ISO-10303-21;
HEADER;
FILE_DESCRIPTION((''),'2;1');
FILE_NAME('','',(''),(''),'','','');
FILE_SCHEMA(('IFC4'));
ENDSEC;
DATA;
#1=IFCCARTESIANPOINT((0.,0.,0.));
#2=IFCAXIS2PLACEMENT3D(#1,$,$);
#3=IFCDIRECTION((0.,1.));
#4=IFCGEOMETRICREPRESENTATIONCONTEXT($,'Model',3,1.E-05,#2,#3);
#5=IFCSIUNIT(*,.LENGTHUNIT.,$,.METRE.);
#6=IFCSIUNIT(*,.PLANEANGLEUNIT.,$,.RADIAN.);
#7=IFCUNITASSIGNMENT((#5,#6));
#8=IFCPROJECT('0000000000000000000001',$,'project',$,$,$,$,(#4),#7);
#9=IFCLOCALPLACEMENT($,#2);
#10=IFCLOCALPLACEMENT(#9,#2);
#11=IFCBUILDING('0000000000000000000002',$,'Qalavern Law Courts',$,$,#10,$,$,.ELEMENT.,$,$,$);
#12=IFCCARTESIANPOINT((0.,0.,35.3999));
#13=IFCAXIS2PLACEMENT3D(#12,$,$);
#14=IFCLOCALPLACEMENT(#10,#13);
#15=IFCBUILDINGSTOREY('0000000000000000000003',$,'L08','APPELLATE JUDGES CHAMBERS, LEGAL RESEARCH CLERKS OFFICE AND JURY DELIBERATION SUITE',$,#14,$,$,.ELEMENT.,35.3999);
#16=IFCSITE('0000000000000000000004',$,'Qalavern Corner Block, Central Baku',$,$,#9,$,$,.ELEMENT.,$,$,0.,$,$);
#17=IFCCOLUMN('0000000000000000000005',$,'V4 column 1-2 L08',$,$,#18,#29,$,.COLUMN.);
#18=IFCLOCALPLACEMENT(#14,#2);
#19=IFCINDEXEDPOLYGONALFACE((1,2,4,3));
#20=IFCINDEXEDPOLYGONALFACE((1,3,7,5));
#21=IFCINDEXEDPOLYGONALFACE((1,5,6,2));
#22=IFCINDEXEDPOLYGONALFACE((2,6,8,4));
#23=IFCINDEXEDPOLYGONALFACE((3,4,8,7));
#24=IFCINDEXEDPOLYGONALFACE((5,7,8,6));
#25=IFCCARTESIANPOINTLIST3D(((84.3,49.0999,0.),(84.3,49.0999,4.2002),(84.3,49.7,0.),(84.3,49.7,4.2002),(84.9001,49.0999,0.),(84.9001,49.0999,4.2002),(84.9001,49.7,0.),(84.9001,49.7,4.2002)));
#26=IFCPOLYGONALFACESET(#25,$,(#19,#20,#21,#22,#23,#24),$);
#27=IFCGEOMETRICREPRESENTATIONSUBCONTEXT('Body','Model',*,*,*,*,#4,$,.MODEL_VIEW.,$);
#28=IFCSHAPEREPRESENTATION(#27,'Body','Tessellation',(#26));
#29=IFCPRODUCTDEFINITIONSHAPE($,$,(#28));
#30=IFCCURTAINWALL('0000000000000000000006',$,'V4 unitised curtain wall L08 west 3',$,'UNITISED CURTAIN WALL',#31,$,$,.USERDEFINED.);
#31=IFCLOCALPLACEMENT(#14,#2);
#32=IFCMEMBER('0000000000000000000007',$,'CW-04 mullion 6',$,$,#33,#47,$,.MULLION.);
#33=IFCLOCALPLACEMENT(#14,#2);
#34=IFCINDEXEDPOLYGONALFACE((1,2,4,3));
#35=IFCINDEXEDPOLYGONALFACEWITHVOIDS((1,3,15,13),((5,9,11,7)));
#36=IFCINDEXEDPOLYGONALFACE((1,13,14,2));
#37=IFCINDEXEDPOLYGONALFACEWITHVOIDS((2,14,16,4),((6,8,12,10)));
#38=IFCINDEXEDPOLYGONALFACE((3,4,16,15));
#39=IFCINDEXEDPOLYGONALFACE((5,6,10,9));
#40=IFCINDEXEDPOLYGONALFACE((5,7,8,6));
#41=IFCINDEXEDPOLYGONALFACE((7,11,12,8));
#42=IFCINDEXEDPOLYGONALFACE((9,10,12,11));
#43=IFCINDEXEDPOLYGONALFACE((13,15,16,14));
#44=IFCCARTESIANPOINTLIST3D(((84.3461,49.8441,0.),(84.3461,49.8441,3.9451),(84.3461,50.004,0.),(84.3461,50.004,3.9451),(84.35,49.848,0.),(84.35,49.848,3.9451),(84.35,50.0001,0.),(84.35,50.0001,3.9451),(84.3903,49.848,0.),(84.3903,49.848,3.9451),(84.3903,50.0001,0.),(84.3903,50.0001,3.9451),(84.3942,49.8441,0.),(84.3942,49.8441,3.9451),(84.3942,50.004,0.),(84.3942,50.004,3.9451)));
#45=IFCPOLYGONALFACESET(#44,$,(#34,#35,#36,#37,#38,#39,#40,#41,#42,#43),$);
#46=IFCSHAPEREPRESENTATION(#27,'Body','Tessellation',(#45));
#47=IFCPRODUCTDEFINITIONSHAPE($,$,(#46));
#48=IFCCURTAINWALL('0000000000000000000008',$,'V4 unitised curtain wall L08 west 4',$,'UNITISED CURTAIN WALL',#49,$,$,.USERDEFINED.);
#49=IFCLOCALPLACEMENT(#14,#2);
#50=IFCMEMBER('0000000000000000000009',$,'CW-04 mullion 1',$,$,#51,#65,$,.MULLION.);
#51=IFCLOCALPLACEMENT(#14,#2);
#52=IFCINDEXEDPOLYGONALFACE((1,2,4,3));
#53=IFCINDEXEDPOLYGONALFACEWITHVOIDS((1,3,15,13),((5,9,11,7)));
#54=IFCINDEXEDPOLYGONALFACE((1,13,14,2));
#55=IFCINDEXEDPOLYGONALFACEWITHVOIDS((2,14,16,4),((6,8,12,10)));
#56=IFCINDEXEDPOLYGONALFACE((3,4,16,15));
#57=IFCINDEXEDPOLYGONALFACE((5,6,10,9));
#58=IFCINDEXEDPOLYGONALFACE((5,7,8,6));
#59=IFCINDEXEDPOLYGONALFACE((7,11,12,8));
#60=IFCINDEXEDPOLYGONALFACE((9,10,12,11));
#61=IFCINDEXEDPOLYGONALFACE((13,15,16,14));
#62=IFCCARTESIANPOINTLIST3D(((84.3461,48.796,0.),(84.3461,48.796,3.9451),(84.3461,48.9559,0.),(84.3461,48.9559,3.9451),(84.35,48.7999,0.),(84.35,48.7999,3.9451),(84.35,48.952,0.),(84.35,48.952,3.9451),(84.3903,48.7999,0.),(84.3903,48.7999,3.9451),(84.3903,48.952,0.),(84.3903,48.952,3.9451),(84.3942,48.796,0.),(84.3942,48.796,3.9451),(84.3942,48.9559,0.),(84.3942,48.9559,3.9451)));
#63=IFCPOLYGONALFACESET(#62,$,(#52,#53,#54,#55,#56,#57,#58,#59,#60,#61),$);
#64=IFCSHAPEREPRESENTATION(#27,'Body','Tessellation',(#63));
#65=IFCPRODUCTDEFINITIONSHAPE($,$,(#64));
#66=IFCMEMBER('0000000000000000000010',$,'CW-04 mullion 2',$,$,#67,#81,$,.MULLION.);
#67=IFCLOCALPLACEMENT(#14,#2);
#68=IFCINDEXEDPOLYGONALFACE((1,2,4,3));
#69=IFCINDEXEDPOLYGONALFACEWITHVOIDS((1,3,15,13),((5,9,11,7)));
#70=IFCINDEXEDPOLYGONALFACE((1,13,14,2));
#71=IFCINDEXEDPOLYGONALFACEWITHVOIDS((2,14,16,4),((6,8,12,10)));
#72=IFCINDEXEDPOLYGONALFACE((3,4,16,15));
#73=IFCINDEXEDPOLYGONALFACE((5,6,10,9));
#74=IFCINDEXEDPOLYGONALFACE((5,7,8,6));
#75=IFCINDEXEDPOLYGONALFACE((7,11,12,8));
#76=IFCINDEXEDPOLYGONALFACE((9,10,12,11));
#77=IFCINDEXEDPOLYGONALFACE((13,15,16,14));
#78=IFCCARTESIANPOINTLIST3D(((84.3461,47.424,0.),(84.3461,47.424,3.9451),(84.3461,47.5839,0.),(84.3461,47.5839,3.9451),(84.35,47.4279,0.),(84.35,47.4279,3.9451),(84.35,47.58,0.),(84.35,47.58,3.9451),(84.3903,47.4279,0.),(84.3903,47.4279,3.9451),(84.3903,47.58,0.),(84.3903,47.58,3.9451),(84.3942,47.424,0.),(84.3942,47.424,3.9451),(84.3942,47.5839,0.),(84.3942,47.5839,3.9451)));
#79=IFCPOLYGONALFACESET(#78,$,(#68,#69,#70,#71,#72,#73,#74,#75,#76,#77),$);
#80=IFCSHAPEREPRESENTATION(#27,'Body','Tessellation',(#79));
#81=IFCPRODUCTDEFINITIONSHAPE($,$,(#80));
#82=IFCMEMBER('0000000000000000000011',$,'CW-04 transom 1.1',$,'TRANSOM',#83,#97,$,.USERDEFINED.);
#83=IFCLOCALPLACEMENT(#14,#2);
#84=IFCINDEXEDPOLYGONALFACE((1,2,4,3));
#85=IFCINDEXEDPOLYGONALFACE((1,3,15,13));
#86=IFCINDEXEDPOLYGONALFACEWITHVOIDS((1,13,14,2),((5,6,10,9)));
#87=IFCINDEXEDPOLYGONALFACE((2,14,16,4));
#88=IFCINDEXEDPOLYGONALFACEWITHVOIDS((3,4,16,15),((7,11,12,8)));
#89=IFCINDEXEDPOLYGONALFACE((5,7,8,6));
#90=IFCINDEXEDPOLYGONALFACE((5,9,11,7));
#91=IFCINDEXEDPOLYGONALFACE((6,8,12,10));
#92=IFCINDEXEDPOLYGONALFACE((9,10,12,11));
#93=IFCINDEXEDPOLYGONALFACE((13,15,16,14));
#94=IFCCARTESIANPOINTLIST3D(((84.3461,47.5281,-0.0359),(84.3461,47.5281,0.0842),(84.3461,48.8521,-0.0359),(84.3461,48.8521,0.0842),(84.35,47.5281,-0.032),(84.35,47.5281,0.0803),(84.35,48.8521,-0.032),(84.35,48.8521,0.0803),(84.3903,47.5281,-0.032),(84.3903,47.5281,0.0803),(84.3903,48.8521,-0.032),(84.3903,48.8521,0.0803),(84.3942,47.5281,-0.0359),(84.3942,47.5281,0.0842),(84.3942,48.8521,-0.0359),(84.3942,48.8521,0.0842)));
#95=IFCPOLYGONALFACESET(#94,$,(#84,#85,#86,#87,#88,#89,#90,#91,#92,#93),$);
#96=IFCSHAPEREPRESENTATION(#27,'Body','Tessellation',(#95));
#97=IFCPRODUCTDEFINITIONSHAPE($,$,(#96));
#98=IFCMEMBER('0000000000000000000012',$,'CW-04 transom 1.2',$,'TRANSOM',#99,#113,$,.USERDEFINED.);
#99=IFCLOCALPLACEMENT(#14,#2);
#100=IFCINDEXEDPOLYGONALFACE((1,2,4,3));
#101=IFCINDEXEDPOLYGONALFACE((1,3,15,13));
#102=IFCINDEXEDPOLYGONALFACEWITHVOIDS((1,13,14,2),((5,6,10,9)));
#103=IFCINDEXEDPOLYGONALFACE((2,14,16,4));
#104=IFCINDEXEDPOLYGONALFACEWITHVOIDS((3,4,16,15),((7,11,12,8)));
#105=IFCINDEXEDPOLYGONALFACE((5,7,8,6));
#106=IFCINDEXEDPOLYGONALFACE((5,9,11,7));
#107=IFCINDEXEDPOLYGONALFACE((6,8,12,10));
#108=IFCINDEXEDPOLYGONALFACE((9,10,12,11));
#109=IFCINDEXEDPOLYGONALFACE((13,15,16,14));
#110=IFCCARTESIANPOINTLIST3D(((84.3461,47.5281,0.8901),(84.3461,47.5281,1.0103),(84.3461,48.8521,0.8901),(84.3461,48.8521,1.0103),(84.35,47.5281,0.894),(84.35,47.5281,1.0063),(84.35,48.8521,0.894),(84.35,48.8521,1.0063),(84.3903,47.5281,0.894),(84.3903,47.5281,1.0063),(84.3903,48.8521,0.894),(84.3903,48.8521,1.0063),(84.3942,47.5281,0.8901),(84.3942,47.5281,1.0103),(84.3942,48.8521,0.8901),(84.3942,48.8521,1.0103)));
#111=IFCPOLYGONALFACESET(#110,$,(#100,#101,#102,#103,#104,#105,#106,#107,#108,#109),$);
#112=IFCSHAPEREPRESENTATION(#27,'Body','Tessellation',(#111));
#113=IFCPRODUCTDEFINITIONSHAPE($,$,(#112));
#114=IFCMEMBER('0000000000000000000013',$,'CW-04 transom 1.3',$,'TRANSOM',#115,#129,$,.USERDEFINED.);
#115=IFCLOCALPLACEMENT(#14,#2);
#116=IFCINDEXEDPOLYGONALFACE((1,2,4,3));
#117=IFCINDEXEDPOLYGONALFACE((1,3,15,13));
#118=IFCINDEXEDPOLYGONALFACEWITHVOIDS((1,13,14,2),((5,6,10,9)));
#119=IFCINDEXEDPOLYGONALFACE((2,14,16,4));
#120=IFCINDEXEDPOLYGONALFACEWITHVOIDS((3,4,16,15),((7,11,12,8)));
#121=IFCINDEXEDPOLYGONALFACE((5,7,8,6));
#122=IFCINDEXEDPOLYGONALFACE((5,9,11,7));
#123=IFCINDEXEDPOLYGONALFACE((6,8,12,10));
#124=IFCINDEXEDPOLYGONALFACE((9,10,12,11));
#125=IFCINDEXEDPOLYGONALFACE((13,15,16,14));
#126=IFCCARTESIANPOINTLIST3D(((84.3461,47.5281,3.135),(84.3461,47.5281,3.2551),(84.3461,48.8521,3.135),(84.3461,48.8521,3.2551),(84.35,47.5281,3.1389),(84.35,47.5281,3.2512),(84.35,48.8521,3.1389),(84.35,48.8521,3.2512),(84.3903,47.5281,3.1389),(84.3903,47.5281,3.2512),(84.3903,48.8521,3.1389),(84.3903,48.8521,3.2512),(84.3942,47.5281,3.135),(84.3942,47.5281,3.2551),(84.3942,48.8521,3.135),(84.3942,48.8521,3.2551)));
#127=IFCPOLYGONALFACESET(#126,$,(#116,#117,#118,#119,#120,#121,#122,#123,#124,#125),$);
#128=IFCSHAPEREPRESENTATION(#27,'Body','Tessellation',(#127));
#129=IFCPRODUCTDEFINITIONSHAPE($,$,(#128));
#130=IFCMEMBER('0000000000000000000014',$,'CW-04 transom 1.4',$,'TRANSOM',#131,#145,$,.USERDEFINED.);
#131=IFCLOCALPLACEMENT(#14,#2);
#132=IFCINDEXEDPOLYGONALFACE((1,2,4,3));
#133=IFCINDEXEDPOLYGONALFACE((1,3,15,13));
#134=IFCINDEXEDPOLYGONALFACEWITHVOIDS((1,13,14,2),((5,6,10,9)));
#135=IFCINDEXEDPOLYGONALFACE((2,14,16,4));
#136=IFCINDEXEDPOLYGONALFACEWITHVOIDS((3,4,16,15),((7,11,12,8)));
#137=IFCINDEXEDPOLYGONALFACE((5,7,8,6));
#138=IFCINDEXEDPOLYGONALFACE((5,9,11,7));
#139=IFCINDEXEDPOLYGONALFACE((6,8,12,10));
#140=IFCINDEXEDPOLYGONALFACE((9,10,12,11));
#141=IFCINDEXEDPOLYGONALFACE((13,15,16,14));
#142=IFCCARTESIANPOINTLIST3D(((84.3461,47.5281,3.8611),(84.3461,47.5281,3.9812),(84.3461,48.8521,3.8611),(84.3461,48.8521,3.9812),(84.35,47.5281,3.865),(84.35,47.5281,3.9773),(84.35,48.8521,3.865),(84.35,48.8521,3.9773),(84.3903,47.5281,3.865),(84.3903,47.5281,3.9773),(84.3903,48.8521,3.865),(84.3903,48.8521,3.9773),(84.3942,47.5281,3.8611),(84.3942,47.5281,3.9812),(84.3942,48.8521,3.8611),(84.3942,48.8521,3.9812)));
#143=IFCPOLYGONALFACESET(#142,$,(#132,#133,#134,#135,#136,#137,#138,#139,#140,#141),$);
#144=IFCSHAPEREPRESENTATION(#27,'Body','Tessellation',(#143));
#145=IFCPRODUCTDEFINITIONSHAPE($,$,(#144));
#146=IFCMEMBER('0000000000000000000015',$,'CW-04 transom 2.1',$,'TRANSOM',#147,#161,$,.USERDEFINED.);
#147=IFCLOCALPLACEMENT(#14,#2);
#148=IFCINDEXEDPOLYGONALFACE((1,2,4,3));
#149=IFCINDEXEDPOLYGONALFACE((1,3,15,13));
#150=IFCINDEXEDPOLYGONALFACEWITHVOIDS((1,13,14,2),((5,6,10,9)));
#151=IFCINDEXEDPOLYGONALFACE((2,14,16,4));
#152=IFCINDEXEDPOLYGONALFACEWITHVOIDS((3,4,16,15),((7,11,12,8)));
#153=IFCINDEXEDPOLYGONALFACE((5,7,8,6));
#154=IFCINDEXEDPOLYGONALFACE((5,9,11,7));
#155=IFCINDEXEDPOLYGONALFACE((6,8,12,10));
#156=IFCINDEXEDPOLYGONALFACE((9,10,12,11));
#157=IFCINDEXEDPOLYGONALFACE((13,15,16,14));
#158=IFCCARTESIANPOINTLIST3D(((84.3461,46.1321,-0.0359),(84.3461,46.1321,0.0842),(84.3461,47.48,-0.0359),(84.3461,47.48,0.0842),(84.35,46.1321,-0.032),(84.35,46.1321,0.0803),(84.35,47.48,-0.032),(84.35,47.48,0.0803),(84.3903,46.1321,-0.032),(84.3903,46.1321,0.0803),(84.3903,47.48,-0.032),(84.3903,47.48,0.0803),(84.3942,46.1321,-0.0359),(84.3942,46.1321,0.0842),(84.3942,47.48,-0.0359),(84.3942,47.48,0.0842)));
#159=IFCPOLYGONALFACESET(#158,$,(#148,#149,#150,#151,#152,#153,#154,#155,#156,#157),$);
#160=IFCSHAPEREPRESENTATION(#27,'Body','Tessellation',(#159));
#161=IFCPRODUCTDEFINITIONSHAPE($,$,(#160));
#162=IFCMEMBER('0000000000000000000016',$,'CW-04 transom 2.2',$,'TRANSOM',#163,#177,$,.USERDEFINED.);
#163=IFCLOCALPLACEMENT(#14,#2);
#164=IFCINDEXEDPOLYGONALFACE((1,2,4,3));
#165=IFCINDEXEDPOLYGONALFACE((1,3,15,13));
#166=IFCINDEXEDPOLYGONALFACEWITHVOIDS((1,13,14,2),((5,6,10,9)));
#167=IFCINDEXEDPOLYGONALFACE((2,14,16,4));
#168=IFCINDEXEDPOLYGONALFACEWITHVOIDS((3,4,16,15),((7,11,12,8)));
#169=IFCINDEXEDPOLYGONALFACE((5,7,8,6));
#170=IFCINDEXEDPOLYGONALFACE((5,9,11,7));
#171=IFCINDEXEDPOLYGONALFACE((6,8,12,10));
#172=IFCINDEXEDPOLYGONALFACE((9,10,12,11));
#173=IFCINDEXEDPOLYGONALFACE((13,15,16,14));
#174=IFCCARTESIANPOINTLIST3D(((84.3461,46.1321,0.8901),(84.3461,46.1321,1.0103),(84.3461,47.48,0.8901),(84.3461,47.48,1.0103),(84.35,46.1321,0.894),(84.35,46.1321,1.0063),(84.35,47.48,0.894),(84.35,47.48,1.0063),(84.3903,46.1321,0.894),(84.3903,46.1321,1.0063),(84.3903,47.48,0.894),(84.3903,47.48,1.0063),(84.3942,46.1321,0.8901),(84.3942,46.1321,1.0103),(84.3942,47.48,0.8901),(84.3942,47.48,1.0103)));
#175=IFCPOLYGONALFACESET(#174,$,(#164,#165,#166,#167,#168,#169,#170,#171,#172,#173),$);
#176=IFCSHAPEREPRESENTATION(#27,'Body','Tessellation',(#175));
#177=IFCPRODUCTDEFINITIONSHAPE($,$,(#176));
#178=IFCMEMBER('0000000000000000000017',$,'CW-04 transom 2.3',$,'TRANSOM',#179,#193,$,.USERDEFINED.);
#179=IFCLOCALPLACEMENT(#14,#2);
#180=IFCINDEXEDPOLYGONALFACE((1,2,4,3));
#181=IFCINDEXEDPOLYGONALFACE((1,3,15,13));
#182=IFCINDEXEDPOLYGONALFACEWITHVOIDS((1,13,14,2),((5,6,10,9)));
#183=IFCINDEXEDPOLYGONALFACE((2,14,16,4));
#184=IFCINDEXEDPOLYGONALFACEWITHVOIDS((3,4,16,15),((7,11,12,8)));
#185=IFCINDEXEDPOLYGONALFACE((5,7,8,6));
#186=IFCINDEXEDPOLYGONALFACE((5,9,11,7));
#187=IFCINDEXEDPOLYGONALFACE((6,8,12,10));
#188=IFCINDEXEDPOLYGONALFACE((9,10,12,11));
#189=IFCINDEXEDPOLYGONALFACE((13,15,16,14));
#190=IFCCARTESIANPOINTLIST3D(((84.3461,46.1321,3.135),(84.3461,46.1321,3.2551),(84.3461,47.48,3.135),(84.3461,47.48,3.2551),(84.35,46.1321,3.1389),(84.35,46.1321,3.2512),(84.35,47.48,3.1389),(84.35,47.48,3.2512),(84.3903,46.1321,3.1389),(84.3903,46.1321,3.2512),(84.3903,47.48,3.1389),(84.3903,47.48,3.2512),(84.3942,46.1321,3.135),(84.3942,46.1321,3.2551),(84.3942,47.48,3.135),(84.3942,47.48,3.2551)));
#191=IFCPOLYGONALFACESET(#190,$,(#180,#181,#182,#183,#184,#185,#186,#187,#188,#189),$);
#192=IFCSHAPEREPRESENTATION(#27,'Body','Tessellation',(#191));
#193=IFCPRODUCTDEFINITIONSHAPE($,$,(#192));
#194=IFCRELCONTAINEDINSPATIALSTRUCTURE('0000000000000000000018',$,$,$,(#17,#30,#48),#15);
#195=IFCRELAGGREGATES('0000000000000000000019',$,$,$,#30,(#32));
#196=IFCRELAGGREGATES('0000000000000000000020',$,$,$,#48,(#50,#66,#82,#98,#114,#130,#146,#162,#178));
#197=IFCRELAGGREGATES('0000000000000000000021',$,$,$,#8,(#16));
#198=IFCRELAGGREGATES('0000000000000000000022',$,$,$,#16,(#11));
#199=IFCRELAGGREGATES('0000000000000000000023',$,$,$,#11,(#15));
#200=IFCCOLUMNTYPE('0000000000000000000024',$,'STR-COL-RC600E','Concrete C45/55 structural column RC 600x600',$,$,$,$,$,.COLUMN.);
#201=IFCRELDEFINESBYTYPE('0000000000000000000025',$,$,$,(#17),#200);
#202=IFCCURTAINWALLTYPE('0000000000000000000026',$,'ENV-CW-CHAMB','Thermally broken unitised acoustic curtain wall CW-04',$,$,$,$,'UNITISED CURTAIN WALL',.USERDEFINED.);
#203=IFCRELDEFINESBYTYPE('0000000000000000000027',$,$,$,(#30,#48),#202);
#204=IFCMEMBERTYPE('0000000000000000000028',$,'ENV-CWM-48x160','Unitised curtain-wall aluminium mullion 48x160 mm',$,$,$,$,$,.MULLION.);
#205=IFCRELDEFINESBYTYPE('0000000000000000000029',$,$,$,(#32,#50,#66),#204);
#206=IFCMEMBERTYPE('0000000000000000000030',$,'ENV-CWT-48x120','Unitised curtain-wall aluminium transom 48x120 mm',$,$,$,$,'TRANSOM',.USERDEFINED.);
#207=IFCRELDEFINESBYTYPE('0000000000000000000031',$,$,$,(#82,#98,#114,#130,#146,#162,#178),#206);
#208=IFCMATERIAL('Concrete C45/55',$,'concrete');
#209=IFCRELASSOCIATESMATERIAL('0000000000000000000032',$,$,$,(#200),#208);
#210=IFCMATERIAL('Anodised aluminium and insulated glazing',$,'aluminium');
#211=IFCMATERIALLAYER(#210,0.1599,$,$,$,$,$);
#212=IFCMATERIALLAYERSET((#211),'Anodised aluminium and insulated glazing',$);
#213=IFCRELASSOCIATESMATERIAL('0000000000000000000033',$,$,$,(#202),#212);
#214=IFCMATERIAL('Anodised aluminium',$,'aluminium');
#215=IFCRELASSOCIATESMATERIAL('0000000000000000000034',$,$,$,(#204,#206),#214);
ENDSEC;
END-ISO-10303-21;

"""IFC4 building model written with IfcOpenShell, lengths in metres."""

from ifc_helpers import new_model, si_unit, direction, frame, origin, origin_2d, place, context, subcontext, project, spatial, rectangle, hollow_rectangle, extrude, material, layer, layer_set, material_profile, profile_set, type_object, element, aggregate, save


model = new_model("IFC4")

# Units and contexts
model_context = context("Model", 3, precision=1e-05, world=origin(), true_north=direction((0.0, 1.0)))
body_context = subcontext(model_context, "Body", "Model", "MODEL_VIEW")
ifc_project = project(units=[si_unit("LENGTHUNIT", "METRE"), si_unit("PLANEANGLEUNIT", "RADIAN")], contexts=[model_context])

# Site, building, storey
site_placement = place(None, origin())
site = spatial("IfcSite", under=ifc_project, at=site_placement, Name="Qalavern Corner Block, Central Baku", CompositionType="ELEMENT", RefElevation=0.0)
building_placement = place(site_placement, origin())
building = spatial("IfcBuilding", under=site, at=building_placement, Name="Qalavern Law Courts", CompositionType="ELEMENT")
storey_placement = place(building_placement, frame((0.0, 0.0, 35.3999)))
storey = spatial("IfcBuildingStorey", under=building, at=storey_placement, Name="L08", Description="APPELLATE JUDGES CHAMBERS, LEGAL RESEARCH CLERKS OFFICE AND JURY DELIBERATION SUITE", CompositionType="ELEMENT", Elevation=35.3999)

# Column
ifc_material_1 = material(Name="Concrete C45/55", Category="concrete")
ifc_material_profile_1 = material_profile(ifc_material_1, rectangle(XDim=0.6001, YDim=0.6001, at=origin_2d()), Name="RC 600x600")
ifc_profile_set_1 = profile_set([ifc_material_profile_1], Name="Concrete C45/55")
column_type = type_object("IfcColumnType", Name="STR-COL-RC600E", Description="Concrete C45/55 structural column RC 600x600", PredefinedType="COLUMN", material=ifc_profile_set_1)
column_placement = place(storey_placement, frame((84.6001, 49.3999, 0.0), z_axis=(0.0, 0.0, 1.0), x_axis=(1.0, 0.0, 0.0)))
element("IfcColumn", 1, at=column_placement, inside=storey, type_object=column_type, Name="V4 column 1-2 L08", PredefinedType="COLUMN", context=body_context, shape_type="SweptSolid", body=[
    extrude(rectangle(XDim=0.6001, YDim=0.6001, at=origin_2d()), origin(), (0.0, 0.0, 1.0), 4.2002),
])

# Curtain wall, member
ifc_material_2 = material(Name="Anodised aluminium and insulated glazing", Category="aluminium")
ifc_layer_1 = layer(ifc_material_2, 0.1599)
ifc_layer_set_1 = layer_set([ifc_layer_1], Name="Anodised aluminium and insulated glazing")
curtain_wall_type = type_object("IfcCurtainWallType", Name="ENV-CW-CHAMB", Description="Thermally broken unitised acoustic curtain wall CW-04", ElementType="UNITISED CURTAIN WALL", PredefinedType="USERDEFINED", material=ifc_layer_set_1)
curtain_wall_1_placement = place(storey_placement, origin())
curtain_wall_1 = element("IfcCurtainWall", 2, at=curtain_wall_1_placement, inside=storey, type_object=curtain_wall_type, Name="V4 unitised curtain wall L08 west 3", ObjectType="UNITISED CURTAIN WALL", PredefinedType="USERDEFINED")
ifc_material_3 = material(Name="Anodised aluminium", Category="aluminium")
ifc_material_profile_2 = material_profile(ifc_material_3, hollow_rectangle(XDim=0.0481, YDim=0.1599, WallThickness=0.0039, at=origin_2d()), Name="ALU MULLION 48x160")
ifc_profile_set_2 = profile_set([ifc_material_profile_2], Name="Anodised aluminium")
member_type_1 = type_object("IfcMemberType", Name="ENV-CWM-48x160", Description="Unitised curtain-wall aluminium mullion 48x160 mm", PredefinedType="MULLION", material=ifc_profile_set_2)
member_1_placement = place(storey_placement, frame((84.3701, 49.9241, 0.0), z_axis=(0.0, 0.0, 1.0), x_axis=(1.0, 0.0, 0.0)))
member_1 = element("IfcMember", 3, at=member_1_placement, type_object=member_type_1, Name="CW-04 mullion 6", PredefinedType="MULLION", context=body_context, shape_type="SweptSolid", body=[
    extrude(hollow_rectangle(XDim=0.0481, YDim=0.1599, WallThickness=0.0039, at=origin_2d()), origin(), (0.0, 0.0, 1.0), 3.9451),
])

# Curtain wall, members
curtain_wall_2_placement = place(storey_placement, origin())
curtain_wall_2 = element("IfcCurtainWall", 4, at=curtain_wall_2_placement, inside=storey, type_object=curtain_wall_type, Name="V4 unitised curtain wall L08 west 4", ObjectType="UNITISED CURTAIN WALL", PredefinedType="USERDEFINED")
member_2_placement = place(storey_placement, frame((84.3701, 48.876, 0.0), z_axis=(0.0, 0.0, 1.0), x_axis=(1.0, 0.0, 0.0)))
member_2 = element("IfcMember", 5, at=member_2_placement, type_object=member_type_1, Name="CW-04 mullion 1", PredefinedType="MULLION", context=body_context, shape_type="SweptSolid", body=[
    extrude(hollow_rectangle(XDim=0.0481, YDim=0.1599, WallThickness=0.0039, at=origin_2d()), origin(), (0.0, 0.0, 1.0), 3.9451),
])
member_3_placement = place(storey_placement, frame((84.3701, 47.5039, 0.0), z_axis=(0.0, 0.0, 1.0), x_axis=(1.0, 0.0, 0.0)))
member_3 = element("IfcMember", 6, at=member_3_placement, type_object=member_type_1, Name="CW-04 mullion 2", PredefinedType="MULLION", context=body_context, shape_type="SweptSolid", body=[
    extrude(hollow_rectangle(XDim=0.0481, YDim=0.1599, WallThickness=0.0039, at=origin_2d()), origin(), (0.0, 0.0, 1.0), 3.9451),
])
ifc_material_profile_3 = material_profile(ifc_material_3, hollow_rectangle(XDim=0.0481, YDim=0.1201, WallThickness=0.0039, at=origin_2d()), Name="ALU TRANSOM 48x120")
ifc_profile_set_3 = profile_set([ifc_material_profile_3], Name="Anodised aluminium")
member_type_2 = type_object("IfcMemberType", Name="ENV-CWT-48x120", Description="Unitised curtain-wall aluminium transom 48x120 mm", ElementType="TRANSOM", PredefinedType="USERDEFINED", material=ifc_profile_set_3)
member_4_placement = place(storey_placement, frame((84.3701, 48.8521, 0.0242), z_axis=(0.0, -1.0, 0.0), x_axis=(1.0, 0.0, 0.0)))
member_4 = element("IfcMember", 7, at=member_4_placement, type_object=member_type_2, Name="CW-04 transom 1.1", ObjectType="TRANSOM", PredefinedType="USERDEFINED", context=body_context, shape_type="SweptSolid", body=[
    extrude(hollow_rectangle(XDim=0.0481, YDim=0.1201, WallThickness=0.0039, at=origin_2d()), origin(), (0.0, 0.0, 1.0), 1.324),
])
member_5_placement = place(storey_placement, frame((84.3701, 48.8521, 0.9502), z_axis=(0.0, -1.0, 0.0), x_axis=(1.0, 0.0, 0.0)))
member_5 = element("IfcMember", 8, at=member_5_placement, type_object=member_type_2, Name="CW-04 transom 1.2", ObjectType="TRANSOM", PredefinedType="USERDEFINED", context=body_context, shape_type="SweptSolid", body=[
    extrude(hollow_rectangle(XDim=0.0481, YDim=0.1201, WallThickness=0.0039, at=origin_2d()), origin(), (0.0, 0.0, 1.0), 1.324),
])
member_6_placement = place(storey_placement, frame((84.3701, 48.8521, 3.1951), z_axis=(0.0, -1.0, 0.0), x_axis=(1.0, 0.0, 0.0)))
member_6 = element("IfcMember", 9, at=member_6_placement, type_object=member_type_2, Name="CW-04 transom 1.3", ObjectType="TRANSOM", PredefinedType="USERDEFINED", context=body_context, shape_type="SweptSolid", body=[
    extrude(hollow_rectangle(XDim=0.0481, YDim=0.1201, WallThickness=0.0039, at=origin_2d()), origin(), (0.0, 0.0, 1.0), 1.324),
])
member_7_placement = place(storey_placement, frame((84.3701, 48.8521, 3.9211), z_axis=(0.0, -1.0, 0.0), x_axis=(1.0, 0.0, 0.0)))
member_7 = element("IfcMember", 10, at=member_7_placement, type_object=member_type_2, Name="CW-04 transom 1.4", ObjectType="TRANSOM", PredefinedType="USERDEFINED", context=body_context, shape_type="SweptSolid", body=[
    extrude(hollow_rectangle(XDim=0.0481, YDim=0.1201, WallThickness=0.0039, at=origin_2d()), origin(), (0.0, 0.0, 1.0), 1.324),
])
member_8_placement = place(storey_placement, frame((84.3701, 47.48, 0.0242), z_axis=(0.0, -1.0, 0.0), x_axis=(1.0, 0.0, 0.0)))
member_8 = element("IfcMember", 11, at=member_8_placement, type_object=member_type_2, Name="CW-04 transom 2.1", ObjectType="TRANSOM", PredefinedType="USERDEFINED", context=body_context, shape_type="SweptSolid", body=[
    extrude(hollow_rectangle(XDim=0.0481, YDim=0.1201, WallThickness=0.0039, at=origin_2d()), origin(), (0.0, 0.0, 1.0), 1.3479),
])
member_9_placement = place(storey_placement, frame((84.3701, 47.48, 0.9502), z_axis=(0.0, -1.0, 0.0), x_axis=(1.0, 0.0, 0.0)))
member_9 = element("IfcMember", 12, at=member_9_placement, type_object=member_type_2, Name="CW-04 transom 2.2", ObjectType="TRANSOM", PredefinedType="USERDEFINED", context=body_context, shape_type="SweptSolid", body=[
    extrude(hollow_rectangle(XDim=0.0481, YDim=0.1201, WallThickness=0.0039, at=origin_2d()), origin(), (0.0, 0.0, 1.0), 1.3479),
])
member_10_placement = place(storey_placement, frame((84.3701, 47.48, 3.1951), z_axis=(0.0, -1.0, 0.0), x_axis=(1.0, 0.0, 0.0)))
member_10 = element("IfcMember", 13, at=member_10_placement, type_object=member_type_2, Name="CW-04 transom 2.3", ObjectType="TRANSOM", PredefinedType="USERDEFINED", context=body_context, shape_type="SweptSolid", body=[
    extrude(hollow_rectangle(XDim=0.0481, YDim=0.1201, WallThickness=0.0039, at=origin_2d()), origin(), (0.0, 0.0, 1.0), 1.3479),
])

aggregate(curtain_wall_1, [member_1])
aggregate(curtain_wall_2, [member_2, member_3, member_4, member_5, member_6, member_7, member_8, member_9, member_10])

save(model, "model.ifc")
